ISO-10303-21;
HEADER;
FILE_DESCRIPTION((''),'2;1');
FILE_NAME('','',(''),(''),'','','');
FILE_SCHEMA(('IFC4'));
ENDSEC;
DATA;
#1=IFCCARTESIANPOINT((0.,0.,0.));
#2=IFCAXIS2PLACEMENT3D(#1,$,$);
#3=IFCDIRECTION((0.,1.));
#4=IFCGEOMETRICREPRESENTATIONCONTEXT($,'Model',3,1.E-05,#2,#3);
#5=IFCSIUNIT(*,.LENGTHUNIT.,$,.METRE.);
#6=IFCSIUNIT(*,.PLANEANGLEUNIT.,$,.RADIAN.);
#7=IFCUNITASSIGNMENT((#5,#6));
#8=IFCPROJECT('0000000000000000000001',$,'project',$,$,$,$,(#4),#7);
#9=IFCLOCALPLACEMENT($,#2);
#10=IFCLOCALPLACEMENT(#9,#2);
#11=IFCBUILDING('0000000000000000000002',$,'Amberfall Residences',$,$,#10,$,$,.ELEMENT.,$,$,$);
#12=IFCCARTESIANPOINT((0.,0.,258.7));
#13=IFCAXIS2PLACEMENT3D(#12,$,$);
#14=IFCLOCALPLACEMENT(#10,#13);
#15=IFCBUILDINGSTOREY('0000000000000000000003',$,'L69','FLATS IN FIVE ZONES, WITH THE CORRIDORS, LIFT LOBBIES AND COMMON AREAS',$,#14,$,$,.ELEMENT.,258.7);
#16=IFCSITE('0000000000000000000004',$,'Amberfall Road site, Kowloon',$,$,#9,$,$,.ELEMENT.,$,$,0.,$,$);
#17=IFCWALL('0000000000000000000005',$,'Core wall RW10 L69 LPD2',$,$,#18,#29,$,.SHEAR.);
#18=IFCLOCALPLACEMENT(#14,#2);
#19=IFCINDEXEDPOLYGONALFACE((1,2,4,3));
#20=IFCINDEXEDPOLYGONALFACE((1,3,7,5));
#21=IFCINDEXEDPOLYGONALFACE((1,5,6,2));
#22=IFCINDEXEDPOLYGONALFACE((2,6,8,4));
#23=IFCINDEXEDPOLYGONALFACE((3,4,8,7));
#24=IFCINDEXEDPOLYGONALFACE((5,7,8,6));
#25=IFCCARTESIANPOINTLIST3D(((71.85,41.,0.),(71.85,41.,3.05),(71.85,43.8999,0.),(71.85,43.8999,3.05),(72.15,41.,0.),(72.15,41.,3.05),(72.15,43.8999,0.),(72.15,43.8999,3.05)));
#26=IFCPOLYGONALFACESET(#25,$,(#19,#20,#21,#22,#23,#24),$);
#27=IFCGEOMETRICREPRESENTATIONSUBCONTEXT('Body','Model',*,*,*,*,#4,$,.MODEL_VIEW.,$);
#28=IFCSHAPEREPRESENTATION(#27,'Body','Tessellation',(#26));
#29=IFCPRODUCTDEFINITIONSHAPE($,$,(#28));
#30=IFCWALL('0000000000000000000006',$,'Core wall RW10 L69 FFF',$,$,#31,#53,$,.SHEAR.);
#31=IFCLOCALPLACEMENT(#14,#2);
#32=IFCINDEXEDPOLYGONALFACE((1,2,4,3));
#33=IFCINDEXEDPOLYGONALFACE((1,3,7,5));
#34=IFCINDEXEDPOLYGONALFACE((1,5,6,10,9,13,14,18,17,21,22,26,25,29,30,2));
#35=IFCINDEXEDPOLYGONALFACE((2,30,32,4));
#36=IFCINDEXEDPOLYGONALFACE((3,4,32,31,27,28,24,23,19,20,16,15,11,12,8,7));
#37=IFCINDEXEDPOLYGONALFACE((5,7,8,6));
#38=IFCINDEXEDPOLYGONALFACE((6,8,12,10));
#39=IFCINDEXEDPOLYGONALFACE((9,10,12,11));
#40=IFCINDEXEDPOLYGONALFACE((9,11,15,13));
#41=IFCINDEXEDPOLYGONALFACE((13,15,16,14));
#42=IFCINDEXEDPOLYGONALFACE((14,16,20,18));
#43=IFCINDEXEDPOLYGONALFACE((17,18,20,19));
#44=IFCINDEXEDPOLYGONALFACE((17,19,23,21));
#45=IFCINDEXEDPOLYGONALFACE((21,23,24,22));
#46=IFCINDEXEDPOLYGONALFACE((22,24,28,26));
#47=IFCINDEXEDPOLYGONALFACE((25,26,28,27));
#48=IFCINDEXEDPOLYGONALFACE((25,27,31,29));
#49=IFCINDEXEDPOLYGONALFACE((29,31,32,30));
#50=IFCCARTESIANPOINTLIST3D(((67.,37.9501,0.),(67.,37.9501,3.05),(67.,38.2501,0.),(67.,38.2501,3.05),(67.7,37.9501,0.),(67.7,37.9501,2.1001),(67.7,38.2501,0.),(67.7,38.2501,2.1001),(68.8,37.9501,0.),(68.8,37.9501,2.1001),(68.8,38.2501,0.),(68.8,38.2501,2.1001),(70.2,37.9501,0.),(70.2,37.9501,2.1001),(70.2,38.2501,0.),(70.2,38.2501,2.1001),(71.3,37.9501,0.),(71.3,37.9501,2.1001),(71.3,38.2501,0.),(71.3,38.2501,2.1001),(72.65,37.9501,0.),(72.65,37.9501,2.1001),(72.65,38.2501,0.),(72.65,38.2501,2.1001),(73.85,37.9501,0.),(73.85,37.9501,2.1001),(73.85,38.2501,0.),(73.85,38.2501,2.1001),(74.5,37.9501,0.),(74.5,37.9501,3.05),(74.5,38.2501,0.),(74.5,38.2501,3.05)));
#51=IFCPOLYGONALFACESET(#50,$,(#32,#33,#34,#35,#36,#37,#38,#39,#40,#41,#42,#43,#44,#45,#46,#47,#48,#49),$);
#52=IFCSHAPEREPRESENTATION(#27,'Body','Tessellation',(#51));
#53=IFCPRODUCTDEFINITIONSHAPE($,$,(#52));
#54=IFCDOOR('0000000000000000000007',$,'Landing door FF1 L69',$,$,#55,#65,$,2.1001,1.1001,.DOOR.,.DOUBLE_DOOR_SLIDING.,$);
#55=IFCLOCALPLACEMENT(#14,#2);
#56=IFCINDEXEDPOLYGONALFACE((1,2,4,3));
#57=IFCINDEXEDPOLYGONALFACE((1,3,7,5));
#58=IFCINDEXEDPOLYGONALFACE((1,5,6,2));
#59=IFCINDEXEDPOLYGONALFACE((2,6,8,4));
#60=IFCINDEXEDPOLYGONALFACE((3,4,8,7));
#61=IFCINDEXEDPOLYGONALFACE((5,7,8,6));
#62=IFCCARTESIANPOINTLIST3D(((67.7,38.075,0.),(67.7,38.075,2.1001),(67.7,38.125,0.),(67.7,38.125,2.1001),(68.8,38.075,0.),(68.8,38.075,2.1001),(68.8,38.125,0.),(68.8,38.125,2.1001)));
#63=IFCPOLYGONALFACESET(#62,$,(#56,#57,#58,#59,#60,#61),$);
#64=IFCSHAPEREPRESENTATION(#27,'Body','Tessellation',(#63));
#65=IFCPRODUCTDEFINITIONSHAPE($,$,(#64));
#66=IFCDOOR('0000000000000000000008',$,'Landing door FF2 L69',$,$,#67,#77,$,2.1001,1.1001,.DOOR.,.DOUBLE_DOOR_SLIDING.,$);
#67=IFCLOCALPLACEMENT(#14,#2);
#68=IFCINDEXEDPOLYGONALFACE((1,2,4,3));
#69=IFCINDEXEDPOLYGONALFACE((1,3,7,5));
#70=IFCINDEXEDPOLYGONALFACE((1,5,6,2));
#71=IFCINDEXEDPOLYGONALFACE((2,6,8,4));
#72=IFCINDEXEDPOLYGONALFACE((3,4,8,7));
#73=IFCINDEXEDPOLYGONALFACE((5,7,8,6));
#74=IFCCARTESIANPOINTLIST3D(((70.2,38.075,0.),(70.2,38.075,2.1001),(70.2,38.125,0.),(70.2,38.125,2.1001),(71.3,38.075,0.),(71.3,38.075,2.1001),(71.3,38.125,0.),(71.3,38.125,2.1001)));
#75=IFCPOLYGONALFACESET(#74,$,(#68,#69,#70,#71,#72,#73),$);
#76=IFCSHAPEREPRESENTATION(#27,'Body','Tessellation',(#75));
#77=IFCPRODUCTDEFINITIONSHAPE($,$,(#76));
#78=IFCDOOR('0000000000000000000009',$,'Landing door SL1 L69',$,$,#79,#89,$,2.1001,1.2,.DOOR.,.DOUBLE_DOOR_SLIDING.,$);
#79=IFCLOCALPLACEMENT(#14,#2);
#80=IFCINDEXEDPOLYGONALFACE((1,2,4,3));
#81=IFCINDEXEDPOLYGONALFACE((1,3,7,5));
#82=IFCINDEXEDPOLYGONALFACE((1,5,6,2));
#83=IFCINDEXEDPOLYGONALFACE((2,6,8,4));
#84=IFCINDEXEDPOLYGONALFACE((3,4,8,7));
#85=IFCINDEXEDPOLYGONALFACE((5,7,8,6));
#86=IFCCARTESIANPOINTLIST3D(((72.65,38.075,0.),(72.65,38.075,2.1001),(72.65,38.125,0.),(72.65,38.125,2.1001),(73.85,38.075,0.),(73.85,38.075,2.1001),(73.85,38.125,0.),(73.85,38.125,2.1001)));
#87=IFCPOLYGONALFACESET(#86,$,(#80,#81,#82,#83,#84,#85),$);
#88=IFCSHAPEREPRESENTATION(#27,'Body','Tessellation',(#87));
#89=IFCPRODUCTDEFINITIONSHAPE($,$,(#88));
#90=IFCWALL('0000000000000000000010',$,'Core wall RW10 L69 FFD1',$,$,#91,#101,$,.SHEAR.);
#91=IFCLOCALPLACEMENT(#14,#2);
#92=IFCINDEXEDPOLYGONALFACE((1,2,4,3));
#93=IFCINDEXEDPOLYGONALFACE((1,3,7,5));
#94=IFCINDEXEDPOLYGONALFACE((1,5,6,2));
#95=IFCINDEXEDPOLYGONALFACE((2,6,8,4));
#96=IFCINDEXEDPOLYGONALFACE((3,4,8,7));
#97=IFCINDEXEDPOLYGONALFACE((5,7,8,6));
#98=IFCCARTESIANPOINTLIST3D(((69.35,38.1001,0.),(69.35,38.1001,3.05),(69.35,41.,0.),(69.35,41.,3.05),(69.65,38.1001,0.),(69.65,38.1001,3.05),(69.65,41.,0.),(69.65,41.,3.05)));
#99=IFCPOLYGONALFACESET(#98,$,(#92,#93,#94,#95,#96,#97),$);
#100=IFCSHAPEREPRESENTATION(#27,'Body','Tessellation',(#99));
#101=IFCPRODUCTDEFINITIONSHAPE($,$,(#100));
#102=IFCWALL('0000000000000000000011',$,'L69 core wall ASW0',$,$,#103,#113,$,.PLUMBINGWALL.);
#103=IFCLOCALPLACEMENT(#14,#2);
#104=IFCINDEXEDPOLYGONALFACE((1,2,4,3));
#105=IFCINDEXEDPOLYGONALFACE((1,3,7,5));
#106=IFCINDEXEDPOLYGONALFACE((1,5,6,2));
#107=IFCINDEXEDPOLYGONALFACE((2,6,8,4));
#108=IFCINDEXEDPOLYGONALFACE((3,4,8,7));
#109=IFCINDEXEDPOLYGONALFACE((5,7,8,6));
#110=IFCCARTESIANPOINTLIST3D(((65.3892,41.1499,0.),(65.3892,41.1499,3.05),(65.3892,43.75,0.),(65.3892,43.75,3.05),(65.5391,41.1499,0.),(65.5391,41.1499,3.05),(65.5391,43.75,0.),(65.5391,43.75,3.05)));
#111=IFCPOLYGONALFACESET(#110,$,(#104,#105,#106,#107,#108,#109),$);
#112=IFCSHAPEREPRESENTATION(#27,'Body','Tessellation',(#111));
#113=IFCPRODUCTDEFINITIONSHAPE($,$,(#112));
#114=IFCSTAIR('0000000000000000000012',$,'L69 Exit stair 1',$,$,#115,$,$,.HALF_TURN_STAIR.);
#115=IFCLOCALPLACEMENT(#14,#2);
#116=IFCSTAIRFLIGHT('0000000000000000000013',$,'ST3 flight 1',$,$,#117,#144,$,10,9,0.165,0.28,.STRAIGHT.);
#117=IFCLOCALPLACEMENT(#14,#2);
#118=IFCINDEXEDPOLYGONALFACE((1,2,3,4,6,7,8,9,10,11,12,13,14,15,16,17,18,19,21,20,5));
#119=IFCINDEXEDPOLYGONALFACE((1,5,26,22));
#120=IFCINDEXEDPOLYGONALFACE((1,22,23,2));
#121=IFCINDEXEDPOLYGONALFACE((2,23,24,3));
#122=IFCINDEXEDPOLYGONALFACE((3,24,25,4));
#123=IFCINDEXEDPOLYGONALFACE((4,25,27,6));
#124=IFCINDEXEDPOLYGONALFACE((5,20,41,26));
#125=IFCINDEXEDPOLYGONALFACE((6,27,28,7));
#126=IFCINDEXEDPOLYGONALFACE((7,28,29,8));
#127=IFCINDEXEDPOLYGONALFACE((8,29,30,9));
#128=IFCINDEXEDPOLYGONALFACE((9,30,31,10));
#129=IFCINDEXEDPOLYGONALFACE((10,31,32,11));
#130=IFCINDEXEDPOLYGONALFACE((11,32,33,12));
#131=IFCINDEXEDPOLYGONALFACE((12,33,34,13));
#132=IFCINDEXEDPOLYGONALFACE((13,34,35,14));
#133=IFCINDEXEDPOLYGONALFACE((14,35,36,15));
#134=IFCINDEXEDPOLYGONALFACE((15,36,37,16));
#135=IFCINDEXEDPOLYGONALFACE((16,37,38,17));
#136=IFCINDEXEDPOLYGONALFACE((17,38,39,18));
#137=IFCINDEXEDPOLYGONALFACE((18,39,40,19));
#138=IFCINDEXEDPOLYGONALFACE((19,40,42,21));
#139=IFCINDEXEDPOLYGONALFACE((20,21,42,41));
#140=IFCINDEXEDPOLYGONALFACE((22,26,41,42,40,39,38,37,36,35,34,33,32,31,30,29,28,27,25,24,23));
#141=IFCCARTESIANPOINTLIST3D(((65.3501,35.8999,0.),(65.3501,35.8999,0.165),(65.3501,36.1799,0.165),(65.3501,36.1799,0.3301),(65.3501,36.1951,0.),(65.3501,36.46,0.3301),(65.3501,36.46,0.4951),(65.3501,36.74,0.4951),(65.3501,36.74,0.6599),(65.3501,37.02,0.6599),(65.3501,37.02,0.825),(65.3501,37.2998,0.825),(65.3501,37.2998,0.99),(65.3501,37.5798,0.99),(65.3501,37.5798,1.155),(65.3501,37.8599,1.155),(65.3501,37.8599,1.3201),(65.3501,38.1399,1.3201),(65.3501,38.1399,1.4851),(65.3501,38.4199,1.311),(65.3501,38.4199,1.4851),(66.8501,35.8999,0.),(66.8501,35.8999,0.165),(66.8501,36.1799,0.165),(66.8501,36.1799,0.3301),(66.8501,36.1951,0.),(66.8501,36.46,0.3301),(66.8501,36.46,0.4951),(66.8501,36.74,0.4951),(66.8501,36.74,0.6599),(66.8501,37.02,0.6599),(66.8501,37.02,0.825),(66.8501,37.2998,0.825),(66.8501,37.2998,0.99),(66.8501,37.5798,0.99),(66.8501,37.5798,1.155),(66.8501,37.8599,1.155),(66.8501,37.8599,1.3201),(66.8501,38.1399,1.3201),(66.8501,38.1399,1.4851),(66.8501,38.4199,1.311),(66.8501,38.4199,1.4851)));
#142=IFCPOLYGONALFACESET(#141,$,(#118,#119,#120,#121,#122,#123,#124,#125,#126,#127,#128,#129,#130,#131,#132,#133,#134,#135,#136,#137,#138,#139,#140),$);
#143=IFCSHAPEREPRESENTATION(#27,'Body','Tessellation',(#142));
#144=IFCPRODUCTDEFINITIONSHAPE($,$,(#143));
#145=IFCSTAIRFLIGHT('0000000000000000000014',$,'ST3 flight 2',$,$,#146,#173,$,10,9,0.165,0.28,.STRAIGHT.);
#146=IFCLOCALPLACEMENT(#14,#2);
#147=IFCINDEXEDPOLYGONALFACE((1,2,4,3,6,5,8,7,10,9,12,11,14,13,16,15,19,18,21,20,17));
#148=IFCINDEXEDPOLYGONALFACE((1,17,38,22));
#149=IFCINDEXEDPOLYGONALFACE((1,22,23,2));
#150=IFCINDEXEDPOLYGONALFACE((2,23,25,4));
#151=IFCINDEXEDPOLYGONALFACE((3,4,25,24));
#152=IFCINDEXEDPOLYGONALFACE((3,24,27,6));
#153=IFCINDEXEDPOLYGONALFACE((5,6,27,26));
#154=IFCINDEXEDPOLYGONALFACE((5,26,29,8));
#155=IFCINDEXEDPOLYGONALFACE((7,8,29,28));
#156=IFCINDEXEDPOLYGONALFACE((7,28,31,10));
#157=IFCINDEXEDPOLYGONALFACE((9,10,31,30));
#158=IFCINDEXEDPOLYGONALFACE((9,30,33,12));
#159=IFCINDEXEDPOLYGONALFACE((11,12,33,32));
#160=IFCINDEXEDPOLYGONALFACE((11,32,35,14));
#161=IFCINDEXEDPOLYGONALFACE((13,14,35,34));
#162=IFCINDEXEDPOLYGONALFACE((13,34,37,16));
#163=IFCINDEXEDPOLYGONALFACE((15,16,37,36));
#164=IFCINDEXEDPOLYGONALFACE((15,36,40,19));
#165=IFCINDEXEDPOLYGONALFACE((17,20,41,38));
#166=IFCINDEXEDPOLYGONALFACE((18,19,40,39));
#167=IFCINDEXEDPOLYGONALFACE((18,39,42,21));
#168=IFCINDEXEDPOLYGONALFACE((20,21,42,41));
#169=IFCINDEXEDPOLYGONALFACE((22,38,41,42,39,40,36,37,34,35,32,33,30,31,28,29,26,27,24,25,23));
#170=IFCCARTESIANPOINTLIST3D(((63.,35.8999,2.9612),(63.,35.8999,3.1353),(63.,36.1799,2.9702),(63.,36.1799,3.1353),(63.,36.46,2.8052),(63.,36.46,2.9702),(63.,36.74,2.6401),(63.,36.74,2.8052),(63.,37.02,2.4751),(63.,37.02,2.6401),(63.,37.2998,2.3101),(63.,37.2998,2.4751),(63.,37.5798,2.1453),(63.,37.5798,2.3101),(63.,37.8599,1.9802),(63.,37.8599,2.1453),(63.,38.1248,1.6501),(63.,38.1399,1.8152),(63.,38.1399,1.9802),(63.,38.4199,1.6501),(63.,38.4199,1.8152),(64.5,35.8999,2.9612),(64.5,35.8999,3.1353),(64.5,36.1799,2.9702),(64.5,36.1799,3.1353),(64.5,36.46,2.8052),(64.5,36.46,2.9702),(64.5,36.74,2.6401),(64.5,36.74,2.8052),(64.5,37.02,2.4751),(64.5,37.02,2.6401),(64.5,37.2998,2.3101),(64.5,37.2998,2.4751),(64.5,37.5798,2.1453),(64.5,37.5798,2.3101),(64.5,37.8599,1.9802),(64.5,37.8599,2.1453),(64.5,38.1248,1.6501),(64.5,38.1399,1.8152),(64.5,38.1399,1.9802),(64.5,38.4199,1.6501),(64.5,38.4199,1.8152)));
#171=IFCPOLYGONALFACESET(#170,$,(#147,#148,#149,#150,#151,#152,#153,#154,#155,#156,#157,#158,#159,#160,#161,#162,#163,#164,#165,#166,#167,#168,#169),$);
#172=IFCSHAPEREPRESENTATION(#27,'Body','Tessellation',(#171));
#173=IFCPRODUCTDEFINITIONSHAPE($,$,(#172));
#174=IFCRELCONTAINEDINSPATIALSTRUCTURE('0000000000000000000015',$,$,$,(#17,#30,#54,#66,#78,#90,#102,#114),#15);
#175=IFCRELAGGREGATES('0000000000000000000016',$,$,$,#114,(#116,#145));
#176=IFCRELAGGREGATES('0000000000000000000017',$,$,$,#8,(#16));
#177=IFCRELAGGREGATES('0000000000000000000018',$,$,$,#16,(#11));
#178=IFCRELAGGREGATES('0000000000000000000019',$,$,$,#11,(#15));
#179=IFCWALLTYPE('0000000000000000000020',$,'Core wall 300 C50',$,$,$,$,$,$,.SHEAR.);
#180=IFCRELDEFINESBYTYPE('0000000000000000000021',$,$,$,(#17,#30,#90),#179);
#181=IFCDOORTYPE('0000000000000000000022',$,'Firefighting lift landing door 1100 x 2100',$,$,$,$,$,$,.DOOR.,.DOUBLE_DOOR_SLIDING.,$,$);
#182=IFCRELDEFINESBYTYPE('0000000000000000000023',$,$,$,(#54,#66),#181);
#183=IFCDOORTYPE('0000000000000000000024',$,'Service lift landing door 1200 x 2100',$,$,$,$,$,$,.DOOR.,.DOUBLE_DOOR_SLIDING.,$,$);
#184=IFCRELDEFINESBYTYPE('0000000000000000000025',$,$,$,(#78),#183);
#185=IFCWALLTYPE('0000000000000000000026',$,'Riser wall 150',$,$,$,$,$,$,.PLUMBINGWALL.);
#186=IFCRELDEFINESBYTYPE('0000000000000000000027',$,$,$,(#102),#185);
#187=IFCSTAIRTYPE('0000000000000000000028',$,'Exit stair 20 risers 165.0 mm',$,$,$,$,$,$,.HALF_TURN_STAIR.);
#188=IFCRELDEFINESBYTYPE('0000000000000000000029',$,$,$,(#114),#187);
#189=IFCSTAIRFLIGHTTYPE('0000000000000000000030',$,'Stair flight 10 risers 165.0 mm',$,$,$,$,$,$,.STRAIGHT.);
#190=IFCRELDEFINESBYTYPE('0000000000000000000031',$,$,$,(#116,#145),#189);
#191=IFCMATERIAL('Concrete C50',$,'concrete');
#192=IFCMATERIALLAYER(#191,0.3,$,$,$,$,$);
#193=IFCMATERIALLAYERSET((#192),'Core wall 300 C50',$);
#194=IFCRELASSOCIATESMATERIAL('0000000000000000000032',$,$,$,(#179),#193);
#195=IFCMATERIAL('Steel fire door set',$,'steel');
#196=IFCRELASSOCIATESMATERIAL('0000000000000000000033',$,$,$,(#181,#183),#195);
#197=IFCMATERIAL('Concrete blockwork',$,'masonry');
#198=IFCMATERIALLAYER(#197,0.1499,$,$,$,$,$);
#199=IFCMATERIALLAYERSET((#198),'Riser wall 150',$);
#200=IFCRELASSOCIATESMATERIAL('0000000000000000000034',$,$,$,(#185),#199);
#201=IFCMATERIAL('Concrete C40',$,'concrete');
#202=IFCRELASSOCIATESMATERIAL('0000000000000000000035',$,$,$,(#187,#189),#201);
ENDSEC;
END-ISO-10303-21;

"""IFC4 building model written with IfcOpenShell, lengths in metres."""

from ifc_helpers import new_model, si_unit, direction, frame, frame_2d, origin, place, context, subcontext, project, spatial, polyline, rectangle, outline, extrude, material, layer, layer_set, type_object, element, fill, aggregate, save


model = new_model("IFC4")

# Units and contexts
model_context = context("Model", 3, precision=1e-05, world=origin(), true_north=direction((0.0, 1.0)))
body_context = subcontext(model_context, "Body", "Model", "MODEL_VIEW")
ifc_project = project(units=[si_unit("LENGTHUNIT", "METRE"), si_unit("PLANEANGLEUNIT", "RADIAN")], contexts=[model_context])

# Site, building, storey
site_placement = place(None, origin())
site = spatial("IfcSite", under=ifc_project, at=site_placement, Name="Amberfall Road site, Kowloon", CompositionType="ELEMENT", RefElevation=0.0)
building_placement = place(site_placement, origin())
building = spatial("IfcBuilding", under=site, at=building_placement, Name="Amberfall Residences", CompositionType="ELEMENT")
storey_placement = place(building_placement, frame((0.0, 0.0, 258.7)))
storey = spatial("IfcBuildingStorey", under=building, at=storey_placement, Name="L69", Description="FLATS IN FIVE ZONES, WITH THE CORRIDORS, LIFT LOBBIES AND COMMON AREAS", CompositionType="ELEMENT", Elevation=258.7)

# Shared definitions
ifc_material_1 = material(Name="Concrete C50", Category="concrete")
ifc_layer_1 = layer(ifc_material_1, 0.3)
ifc_layer_set_1 = layer_set([ifc_layer_1], Name="Core wall 300 C50")
wall_type_1 = type_object("IfcWallType", Name="Core wall 300 C50", PredefinedType="SHEAR", material=ifc_layer_set_1)

# Shared definitions
ifc_material_2 = material(Name="Steel fire door set", Category="steel")

# Wall
for number, where, z_axis, x_axis, name in (
    (1, (72.0, 41.0, 0.0), (0.0, 0.0, 1.0), (0.0, 1.0, 0.0), "Core wall RW10 L69 LPD2"),
):
    element("IfcWall", number, at=place(storey_placement, frame(where, z_axis=z_axis, x_axis=x_axis)), inside=storey, type_object=wall_type_1, Name=name, PredefinedType="SHEAR", context=body_context, shape_type="SweptSolid", body=[
        extrude(rectangle(XDim=2.8999, YDim=0.3, at=frame_2d((1.45, 0.0))), origin(), (0.0, 0.0, 1.0), 3.05),
    ])

# Wall, openings, doors
wall_1_placement = place(storey_placement, frame((67.0, 38.1001, 0.0), z_axis=(0.0, 0.0, 1.0), x_axis=(1.0, 0.0, 0.0)))
wall_1 = element("IfcWall", 2, at=wall_1_placement, inside=storey, type_object=wall_type_1, Name="Core wall RW10 L69 FFF", PredefinedType="SHEAR", context=body_context, shape_type="SweptSolid", body=[
    extrude(rectangle(XDim=7.5, YDim=0.3, at=frame_2d((3.75, 0.0))), origin(), (0.0, 0.0, 1.0), 3.05),
])
opening_1_placement = place(wall_1_placement, frame((0.7, 0.0, 0.0)))
opening_1 = element("IfcOpeningElement", 3, at=opening_1_placement, cuts=wall_1, PredefinedType="OPENING", context=body_context, shape_type="SweptSolid", body=[
    extrude(rectangle(XDim=1.1001, YDim=2.1001, at=frame_2d((0.55, 1.05))), frame((0.0, 0.1599, 0.0), z_axis=(0.0, -1.0, 0.0), x_axis=(1.0, 0.0, 0.0)), (0.0, 0.0, 1.0), 0.3201),
])
opening_2_placement = place(wall_1_placement, frame((3.2, 0.0, 0.0)))
opening_2 = element("IfcOpeningElement", 4, at=opening_2_placement, cuts=wall_1, PredefinedType="OPENING", context=body_context, shape_type="SweptSolid", body=[
    extrude(rectangle(XDim=1.1001, YDim=2.1001, at=frame_2d((0.55, 1.05))), frame((0.0, 0.1599, 0.0), z_axis=(0.0, -1.0, 0.0), x_axis=(1.0, 0.0, 0.0)), (0.0, 0.0, 1.0), 0.3201),
])
opening_3_placement = place(wall_1_placement, frame((5.6499, 0.0, 0.0)))
opening_3 = element("IfcOpeningElement", 5, at=opening_3_placement, cuts=wall_1, PredefinedType="OPENING", context=body_context, shape_type="SweptSolid", body=[
    extrude(rectangle(XDim=1.2, YDim=2.1001, at=frame_2d((0.6001, 1.05))), frame((0.0, 0.1599, 0.0), z_axis=(0.0, -1.0, 0.0), x_axis=(1.0, 0.0, 0.0)), (0.0, 0.0, 1.0), 0.3201),
])
door_type_1 = type_object("IfcDoorType", Name="Firefighting lift landing door 1100 x 2100", OperationType="DOUBLE_DOOR_SLIDING", PredefinedType="DOOR", material=ifc_material_2)
door_1_placement = place(opening_1_placement, origin())
door_1 = element("IfcDoor", 6, at=door_1_placement, inside=storey, type_object=door_type_1, Name="Landing door FF1 L69", OperationType="DOUBLE_DOOR_SLIDING", OverallHeight=2.1001, OverallWidth=1.1001, PredefinedType="DOOR", context=body_context, shape_type="SweptSolid", body=[
    extrude(rectangle(XDim=1.1001, YDim=2.1001, at=frame_2d((0.55, 1.05))), frame((0.0, 0.0249, 0.0), z_axis=(0.0, -1.0, 0.0), x_axis=(1.0, 0.0, 0.0)), (0.0, 0.0, 1.0), 0.05),
])
fill(opening_1, door_1)
door_2_placement = place(opening_2_placement, origin())
door_2 = element("IfcDoor", 7, at=door_2_placement, inside=storey, type_object=door_type_1, Name="Landing door FF2 L69", OperationType="DOUBLE_DOOR_SLIDING", OverallHeight=2.1001, OverallWidth=1.1001, PredefinedType="DOOR", context=body_context, shape_type="SweptSolid", body=[
    extrude(rectangle(XDim=1.1001, YDim=2.1001, at=frame_2d((0.55, 1.05))), frame((0.0, 0.0249, 0.0), z_axis=(0.0, -1.0, 0.0), x_axis=(1.0, 0.0, 0.0)), (0.0, 0.0, 1.0), 0.05),
])
fill(opening_2, door_2)
door_type_2 = type_object("IfcDoorType", Name="Service lift landing door 1200 x 2100", OperationType="DOUBLE_DOOR_SLIDING", PredefinedType="DOOR", material=ifc_material_2)
door_3_placement = place(opening_3_placement, origin())
door_3 = element("IfcDoor", 8, at=door_3_placement, inside=storey, type_object=door_type_2, Name="Landing door SL1 L69", OperationType="DOUBLE_DOOR_SLIDING", OverallHeight=2.1001, OverallWidth=1.2, PredefinedType="DOOR", context=body_context, shape_type="SweptSolid", body=[
    extrude(rectangle(XDim=1.2, YDim=2.1001, at=frame_2d((0.6001, 1.05))), frame((0.0, 0.0249, 0.0), z_axis=(0.0, -1.0, 0.0), x_axis=(1.0, 0.0, 0.0)), (0.0, 0.0, 1.0), 0.05),
])
fill(opening_3, door_3)

# Walls
wall_2_placement = place(storey_placement, frame((69.5, 38.1001, 0.0), z_axis=(0.0, 0.0, 1.0), x_axis=(0.0, 1.0, 0.0)))
element("IfcWall", 9, at=wall_2_placement, inside=storey, type_object=wall_type_1, Name="Core wall RW10 L69 FFD1", PredefinedType="SHEAR", context=body_context, shape_type="SweptSolid", body=[
    extrude(rectangle(XDim=2.8999, YDim=0.3, at=frame_2d((1.45, 0.0))), origin(), (0.0, 0.0, 1.0), 3.05),
])
ifc_material_3 = material(Name="Concrete blockwork", Category="masonry")
ifc_layer_2 = layer(ifc_material_3, 0.1499)
ifc_layer_set_2 = layer_set([ifc_layer_2], Name="Riser wall 150")
wall_type_2 = type_object("IfcWallType", Name="Riser wall 150", PredefinedType="PLUMBINGWALL", material=ifc_layer_set_2)
wall_3_placement = place(storey_placement, frame((65.4641, 41.1499, 0.0), z_axis=(0.0, 0.0, 1.0), x_axis=(0.0, 1.0, 0.0)))
element("IfcWall", 10, at=wall_3_placement, inside=storey, type_object=wall_type_2, Name="L69 core wall ASW0", PredefinedType="PLUMBINGWALL", context=body_context, shape_type="SweptSolid", body=[
    extrude(rectangle(XDim=2.6001, YDim=0.1499, at=frame_2d((1.3, 0.0))), origin(), (0.0, 0.0, 1.0), 3.05),
])

# Stair, stair flights
ifc_material_4 = material(Name="Concrete C40", Category="concrete")
stair_type = type_object("IfcStairType", Name="Exit stair 20 risers 165.0 mm", PredefinedType="HALF_TURN_STAIR", material=ifc_material_4)
stair_placement = place(storey_placement, origin())
stair = element("IfcStair", 11, at=stair_placement, inside=storey, type_object=stair_type, Name="L69 Exit stair 1", PredefinedType="HALF_TURN_STAIR")
stair_flight_type = type_object("IfcStairFlightType", Name="Stair flight 10 risers 165.0 mm", PredefinedType="STRAIGHT", material=ifc_material_4)
stair_flight_1_placement = place(storey_placement, frame((66.1001, 35.8999, 0.0), z_axis=(0.0, 0.0, 1.0), x_axis=(0.0, 1.0, 0.0)))
stair_flight_1 = element("IfcStairFlight", 12, at=stair_flight_1_placement, type_object=stair_flight_type, Name="ST3 flight 1", NumberOfRisers=10, NumberOfTreads=9, PredefinedType="STRAIGHT", RiserHeight=0.165, TreadLength=0.28, context=body_context, shape_type="SweptSolid", body=[
    extrude(outline(polyline([(0.0, 0.0), (0.0, 0.165), (0.28, 0.165), (0.28, 0.3301), (0.5601, 0.3301), (0.5601, 0.4951), (0.8401, 0.4951), (0.8401, 0.6599), (1.1201, 0.6599), (1.1201, 0.825), (1.3999, 0.825), (1.3999, 0.99), (1.6799, 0.99), (1.6799, 1.155), (1.96, 1.155), (1.96, 1.3201), (2.24, 1.3201), (2.24, 1.4851), (2.52, 1.4851), (2.52, 1.6499), (2.52, 1.311), (0.2952, 0.0), (0.0, 0.0)])), frame((0.0, 0.75, 0.0), z_axis=(0.0, -1.0, 0.0), x_axis=(1.0, 0.0, 0.0)), (0.0, 0.0, 1.0), 1.5),
])
stair_flight_2_placement = place(storey_placement, frame((63.75, 38.4199, 1.6501), z_axis=(0.0, 0.0, 1.0), x_axis=(0.0, -1.0, 0.0)))
stair_flight_2 = element("IfcStairFlight", 13, at=stair_flight_2_placement, type_object=stair_flight_type, Name="ST3 flight 2", NumberOfRisers=10, NumberOfTreads=9, PredefinedType="STRAIGHT", RiserHeight=0.165, TreadLength=0.28, context=body_context, shape_type="SweptSolid", body=[
    extrude(outline(polyline([(0.0, 0.0), (0.0, 0.165), (0.28, 0.165), (0.28, 0.3301), (0.5601, 0.3301), (0.5601, 0.4951), (0.8401, 0.4951), (0.8401, 0.6599), (1.1201, 0.6599), (1.1201, 0.825), (1.3999, 0.825), (1.3999, 0.99), (1.6799, 0.99), (1.6799, 1.155), (1.96, 1.155), (1.96, 1.3201), (2.24, 1.3201), (2.24, 1.4851), (2.52, 1.4851), (2.52, 1.6499), (2.52, 1.311), (0.2952, 0.0), (0.0, 0.0)])), frame((0.0, 0.75, 0.0), z_axis=(0.0, -1.0, 0.0), x_axis=(1.0, 0.0, 0.0)), (0.0, 0.0, 1.0), 1.5),
])
aggregate(stair, [stair_flight_1, stair_flight_2])

save(model, "model.ifc")
